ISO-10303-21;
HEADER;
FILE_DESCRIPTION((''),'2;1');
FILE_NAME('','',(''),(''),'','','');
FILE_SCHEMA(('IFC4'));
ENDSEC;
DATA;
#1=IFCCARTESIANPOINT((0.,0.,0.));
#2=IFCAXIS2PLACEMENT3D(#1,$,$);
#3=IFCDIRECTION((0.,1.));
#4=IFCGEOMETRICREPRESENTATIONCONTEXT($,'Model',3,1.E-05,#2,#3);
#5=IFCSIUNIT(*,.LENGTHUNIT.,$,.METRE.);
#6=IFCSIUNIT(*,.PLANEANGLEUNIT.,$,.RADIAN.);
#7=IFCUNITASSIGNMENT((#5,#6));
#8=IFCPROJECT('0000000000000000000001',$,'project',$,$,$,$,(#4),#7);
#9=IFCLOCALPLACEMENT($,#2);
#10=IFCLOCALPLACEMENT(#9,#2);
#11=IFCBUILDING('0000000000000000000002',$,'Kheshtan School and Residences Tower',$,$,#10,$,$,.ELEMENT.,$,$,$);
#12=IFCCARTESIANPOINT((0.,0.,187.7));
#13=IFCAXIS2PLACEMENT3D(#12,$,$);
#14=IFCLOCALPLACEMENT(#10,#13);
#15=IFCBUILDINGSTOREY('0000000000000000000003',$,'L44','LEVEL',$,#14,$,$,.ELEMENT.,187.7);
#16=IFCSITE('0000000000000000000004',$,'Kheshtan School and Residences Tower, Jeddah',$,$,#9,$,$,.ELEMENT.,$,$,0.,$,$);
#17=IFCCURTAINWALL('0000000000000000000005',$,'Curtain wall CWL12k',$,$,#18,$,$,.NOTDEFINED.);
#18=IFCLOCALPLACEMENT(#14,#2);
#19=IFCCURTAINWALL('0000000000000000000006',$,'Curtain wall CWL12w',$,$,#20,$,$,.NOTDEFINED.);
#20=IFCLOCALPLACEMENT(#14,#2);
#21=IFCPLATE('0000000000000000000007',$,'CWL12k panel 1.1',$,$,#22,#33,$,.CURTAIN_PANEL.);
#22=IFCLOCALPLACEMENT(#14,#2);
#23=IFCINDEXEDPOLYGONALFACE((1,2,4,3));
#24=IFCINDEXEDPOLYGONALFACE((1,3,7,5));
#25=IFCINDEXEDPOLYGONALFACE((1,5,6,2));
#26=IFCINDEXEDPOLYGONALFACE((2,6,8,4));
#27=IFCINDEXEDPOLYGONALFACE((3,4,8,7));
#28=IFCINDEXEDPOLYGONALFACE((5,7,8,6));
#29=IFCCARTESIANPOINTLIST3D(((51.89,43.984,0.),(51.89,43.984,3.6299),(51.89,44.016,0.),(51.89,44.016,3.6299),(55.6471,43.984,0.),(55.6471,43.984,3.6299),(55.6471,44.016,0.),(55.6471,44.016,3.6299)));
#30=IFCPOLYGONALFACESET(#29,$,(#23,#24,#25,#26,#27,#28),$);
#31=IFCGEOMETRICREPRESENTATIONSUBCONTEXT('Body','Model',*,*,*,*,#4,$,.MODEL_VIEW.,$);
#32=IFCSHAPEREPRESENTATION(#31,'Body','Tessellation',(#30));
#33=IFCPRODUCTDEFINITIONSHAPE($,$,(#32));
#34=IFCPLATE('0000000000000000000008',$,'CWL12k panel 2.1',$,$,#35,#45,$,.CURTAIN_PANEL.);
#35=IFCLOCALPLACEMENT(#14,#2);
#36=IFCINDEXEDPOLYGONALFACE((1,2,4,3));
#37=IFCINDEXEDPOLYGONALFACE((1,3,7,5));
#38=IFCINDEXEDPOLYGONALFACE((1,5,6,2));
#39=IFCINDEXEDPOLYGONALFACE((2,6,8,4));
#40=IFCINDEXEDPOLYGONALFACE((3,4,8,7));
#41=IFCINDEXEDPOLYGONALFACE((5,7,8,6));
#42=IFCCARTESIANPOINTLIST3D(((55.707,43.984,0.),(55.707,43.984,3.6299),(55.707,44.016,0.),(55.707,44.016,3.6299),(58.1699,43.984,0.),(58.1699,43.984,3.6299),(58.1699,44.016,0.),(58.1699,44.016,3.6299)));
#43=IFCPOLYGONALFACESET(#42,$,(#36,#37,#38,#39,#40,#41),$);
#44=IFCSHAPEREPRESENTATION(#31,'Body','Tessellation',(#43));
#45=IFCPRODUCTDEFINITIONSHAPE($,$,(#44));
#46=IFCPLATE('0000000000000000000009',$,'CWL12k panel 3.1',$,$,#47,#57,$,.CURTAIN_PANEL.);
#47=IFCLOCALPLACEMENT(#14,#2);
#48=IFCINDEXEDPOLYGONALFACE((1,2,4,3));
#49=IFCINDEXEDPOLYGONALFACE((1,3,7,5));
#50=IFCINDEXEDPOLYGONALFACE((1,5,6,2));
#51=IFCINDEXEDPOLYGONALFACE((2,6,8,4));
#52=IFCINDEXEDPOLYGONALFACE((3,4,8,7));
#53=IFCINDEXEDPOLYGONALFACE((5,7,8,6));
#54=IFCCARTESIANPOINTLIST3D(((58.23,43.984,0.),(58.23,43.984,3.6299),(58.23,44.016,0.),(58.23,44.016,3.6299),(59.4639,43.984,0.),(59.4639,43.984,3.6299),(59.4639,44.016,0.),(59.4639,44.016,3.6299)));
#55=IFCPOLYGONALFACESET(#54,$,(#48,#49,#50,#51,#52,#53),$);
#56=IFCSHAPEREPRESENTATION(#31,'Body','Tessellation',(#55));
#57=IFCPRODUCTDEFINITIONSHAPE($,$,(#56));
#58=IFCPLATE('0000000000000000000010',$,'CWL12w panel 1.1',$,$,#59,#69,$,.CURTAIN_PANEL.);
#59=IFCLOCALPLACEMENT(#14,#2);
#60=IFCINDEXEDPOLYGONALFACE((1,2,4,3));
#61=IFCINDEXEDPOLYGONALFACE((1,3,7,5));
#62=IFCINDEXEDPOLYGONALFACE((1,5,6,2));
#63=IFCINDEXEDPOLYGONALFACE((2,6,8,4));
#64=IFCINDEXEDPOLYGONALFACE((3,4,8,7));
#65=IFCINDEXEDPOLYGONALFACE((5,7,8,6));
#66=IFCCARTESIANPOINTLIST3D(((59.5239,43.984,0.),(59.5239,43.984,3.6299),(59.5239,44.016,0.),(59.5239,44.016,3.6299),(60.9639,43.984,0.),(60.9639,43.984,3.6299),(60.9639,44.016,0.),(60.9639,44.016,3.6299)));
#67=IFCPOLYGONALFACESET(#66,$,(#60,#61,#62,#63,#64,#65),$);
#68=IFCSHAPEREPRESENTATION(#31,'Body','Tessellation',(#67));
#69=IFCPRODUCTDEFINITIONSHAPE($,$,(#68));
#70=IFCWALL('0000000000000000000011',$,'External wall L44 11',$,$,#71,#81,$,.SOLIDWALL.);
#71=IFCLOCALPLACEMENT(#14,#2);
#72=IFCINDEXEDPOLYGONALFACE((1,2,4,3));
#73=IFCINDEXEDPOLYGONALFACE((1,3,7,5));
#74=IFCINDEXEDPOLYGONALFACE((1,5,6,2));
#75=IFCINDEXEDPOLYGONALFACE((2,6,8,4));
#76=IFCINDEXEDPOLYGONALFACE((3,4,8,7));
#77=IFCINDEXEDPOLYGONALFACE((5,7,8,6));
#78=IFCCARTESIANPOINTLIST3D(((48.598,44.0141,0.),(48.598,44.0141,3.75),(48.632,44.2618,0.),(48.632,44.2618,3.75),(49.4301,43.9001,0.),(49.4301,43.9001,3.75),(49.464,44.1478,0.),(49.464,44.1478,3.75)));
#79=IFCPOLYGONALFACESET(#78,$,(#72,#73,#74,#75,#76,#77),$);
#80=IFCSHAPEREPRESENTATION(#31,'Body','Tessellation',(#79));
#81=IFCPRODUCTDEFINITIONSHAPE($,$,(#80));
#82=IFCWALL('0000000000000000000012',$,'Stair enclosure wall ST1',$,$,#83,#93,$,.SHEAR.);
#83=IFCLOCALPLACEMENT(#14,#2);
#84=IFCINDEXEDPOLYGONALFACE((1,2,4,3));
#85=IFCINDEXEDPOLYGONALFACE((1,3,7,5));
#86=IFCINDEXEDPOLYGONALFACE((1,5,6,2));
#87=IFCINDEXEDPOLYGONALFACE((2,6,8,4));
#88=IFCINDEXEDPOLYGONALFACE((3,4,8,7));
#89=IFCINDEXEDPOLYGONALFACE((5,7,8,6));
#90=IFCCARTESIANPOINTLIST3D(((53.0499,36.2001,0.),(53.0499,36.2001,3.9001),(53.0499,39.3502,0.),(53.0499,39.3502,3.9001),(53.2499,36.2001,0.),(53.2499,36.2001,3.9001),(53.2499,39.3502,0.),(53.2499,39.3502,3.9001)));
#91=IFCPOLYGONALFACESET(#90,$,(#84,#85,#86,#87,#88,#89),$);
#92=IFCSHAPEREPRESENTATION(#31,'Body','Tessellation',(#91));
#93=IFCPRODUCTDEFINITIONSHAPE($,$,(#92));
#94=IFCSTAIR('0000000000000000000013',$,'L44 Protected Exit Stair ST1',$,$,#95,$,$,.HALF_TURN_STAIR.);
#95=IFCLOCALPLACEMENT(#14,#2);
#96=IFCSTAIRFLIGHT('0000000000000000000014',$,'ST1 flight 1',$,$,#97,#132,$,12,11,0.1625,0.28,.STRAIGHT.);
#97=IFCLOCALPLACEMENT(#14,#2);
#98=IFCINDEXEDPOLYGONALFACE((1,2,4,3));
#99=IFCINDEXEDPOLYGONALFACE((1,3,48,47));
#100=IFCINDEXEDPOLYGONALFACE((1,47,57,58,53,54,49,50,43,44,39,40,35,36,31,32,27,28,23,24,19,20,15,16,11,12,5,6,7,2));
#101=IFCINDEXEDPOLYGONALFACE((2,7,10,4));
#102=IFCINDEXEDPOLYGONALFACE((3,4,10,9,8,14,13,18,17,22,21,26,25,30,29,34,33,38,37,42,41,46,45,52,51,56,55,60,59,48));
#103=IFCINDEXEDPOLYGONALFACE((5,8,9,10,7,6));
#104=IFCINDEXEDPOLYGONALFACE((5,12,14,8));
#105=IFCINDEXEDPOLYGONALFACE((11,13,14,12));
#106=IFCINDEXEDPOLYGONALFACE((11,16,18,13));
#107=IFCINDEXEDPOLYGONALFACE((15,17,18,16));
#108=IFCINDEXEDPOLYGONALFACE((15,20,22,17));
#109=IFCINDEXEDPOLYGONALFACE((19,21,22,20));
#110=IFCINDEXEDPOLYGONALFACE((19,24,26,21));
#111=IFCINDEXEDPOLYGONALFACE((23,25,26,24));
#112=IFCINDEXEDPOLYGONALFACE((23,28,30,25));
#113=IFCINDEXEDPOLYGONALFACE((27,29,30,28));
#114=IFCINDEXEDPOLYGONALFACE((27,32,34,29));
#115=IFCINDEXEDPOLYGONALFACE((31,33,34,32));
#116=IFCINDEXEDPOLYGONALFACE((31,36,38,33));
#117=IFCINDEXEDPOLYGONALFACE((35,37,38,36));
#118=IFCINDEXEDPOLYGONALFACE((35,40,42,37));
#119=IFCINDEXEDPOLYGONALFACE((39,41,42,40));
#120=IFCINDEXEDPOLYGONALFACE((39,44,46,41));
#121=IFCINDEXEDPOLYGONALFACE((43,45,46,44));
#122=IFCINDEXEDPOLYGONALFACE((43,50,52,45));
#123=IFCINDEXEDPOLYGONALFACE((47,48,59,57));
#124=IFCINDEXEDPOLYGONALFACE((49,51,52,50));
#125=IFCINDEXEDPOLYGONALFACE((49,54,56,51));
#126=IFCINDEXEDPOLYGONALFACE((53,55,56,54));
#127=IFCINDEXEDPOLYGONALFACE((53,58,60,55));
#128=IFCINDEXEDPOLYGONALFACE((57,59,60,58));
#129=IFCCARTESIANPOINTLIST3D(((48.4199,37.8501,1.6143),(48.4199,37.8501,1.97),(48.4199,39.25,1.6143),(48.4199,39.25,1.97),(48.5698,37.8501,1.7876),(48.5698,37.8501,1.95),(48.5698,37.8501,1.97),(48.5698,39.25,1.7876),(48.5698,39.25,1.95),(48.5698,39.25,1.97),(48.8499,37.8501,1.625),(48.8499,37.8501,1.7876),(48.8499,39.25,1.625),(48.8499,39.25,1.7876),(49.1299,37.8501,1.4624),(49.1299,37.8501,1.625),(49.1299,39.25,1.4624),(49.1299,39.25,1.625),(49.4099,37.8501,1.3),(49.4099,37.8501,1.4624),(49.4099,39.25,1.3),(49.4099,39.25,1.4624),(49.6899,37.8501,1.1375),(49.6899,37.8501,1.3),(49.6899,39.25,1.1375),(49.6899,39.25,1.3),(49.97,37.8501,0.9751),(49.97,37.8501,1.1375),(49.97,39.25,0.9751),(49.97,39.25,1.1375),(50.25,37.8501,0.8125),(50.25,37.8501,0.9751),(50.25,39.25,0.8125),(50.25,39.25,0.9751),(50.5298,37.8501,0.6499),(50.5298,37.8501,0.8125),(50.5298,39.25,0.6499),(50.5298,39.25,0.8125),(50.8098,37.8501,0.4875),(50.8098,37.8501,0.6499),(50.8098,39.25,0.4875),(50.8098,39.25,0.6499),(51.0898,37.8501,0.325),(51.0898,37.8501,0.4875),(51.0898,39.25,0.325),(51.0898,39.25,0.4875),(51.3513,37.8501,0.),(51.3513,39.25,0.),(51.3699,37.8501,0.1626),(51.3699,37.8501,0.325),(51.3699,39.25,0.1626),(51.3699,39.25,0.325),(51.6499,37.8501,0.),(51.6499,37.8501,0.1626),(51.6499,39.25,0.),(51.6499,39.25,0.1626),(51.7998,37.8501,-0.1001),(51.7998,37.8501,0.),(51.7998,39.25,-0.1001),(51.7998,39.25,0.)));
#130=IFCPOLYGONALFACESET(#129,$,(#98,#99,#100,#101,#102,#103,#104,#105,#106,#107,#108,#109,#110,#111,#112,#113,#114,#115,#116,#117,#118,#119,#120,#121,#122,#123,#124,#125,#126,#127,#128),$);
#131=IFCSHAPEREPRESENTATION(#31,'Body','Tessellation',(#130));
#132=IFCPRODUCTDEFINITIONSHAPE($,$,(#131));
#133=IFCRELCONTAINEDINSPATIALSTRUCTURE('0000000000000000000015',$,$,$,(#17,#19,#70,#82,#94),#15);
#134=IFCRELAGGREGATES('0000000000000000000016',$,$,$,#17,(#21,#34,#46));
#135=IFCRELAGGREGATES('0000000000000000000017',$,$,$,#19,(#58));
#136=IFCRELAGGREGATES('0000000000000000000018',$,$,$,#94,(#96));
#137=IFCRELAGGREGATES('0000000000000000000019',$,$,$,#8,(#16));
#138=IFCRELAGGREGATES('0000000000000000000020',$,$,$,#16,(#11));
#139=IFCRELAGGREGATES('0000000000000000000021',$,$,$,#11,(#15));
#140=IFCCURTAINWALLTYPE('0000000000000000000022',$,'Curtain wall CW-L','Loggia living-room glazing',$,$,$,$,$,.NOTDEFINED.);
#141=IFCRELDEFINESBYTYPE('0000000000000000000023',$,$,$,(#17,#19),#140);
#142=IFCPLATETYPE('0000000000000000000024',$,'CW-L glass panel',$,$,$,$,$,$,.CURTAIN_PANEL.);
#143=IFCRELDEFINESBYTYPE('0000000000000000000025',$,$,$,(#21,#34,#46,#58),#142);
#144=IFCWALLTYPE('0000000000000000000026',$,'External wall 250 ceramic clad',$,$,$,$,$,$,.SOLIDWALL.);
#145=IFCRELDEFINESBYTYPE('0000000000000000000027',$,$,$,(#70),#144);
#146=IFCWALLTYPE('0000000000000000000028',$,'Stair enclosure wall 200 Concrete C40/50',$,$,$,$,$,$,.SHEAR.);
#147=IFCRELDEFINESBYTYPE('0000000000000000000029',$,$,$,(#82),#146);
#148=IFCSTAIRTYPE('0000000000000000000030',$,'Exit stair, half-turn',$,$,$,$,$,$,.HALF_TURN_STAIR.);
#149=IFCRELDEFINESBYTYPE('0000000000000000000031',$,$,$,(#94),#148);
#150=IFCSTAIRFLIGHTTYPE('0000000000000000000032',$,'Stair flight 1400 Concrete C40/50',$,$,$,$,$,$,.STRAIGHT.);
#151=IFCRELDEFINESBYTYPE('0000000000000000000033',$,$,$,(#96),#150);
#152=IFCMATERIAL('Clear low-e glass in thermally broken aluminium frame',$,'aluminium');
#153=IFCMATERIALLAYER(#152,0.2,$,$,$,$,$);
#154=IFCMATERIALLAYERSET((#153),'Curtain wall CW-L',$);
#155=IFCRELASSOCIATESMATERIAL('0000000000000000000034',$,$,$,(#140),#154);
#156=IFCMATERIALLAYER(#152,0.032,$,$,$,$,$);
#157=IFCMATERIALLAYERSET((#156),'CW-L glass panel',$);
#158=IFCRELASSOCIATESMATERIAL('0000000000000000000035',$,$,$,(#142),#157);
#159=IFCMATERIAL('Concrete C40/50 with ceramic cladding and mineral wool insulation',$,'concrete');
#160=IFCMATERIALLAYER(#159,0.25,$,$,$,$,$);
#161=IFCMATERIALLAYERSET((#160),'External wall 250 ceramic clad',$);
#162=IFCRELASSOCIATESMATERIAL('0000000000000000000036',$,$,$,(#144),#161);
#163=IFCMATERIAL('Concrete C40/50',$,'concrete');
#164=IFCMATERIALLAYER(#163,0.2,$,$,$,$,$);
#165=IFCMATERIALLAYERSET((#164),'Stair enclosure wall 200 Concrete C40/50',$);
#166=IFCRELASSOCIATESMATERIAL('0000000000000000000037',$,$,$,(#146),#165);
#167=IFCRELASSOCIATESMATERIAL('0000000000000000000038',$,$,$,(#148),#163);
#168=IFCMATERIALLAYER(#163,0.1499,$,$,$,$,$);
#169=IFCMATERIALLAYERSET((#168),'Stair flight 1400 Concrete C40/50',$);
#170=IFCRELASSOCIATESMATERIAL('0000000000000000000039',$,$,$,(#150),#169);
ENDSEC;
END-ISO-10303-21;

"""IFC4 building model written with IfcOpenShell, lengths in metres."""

from ifc_helpers import new_model, si_unit, direction, frame, frame_2d, origin, origin_2d, place, context, subcontext, project, spatial, polyline, rectangle, outline, extrude, material, layer, layer_set, type_object, element, aggregate, save


model = new_model("IFC4")

# Units and contexts
model_context = context("Model", 3, precision=1e-05, world=origin(), true_north=direction((0.0, 1.0)))
body_context = subcontext(model_context, "Body", "Model", "MODEL_VIEW")
ifc_project = project(units=[si_unit("LENGTHUNIT", "METRE"), si_unit("PLANEANGLEUNIT", "RADIAN")], contexts=[model_context])

# Site, building, storey
site_placement = place(None, origin())
site = spatial("IfcSite", under=ifc_project, at=site_placement, Name="Kheshtan School and Residences Tower, Jeddah", CompositionType="ELEMENT", RefElevation=0.0)
building_placement = place(site_placement, origin())
building = spatial("IfcBuilding", under=site, at=building_placement, Name="Kheshtan School and Residences Tower", CompositionType="ELEMENT")
storey_placement = place(building_placement, frame((0.0, 0.0, 187.7)))
storey = spatial("IfcBuildingStorey", under=building, at=storey_placement, Name="L44", Description="LEVEL", CompositionType="ELEMENT", Elevation=187.7)

# Curtain wall
ifc_material_1 = material(Name="Clear low-e glass in thermally broken aluminium frame", Category="aluminium")
ifc_layer_1 = layer(ifc_material_1, 0.2)
ifc_layer_set_1 = layer_set([ifc_layer_1], Name="Curtain wall CW-L")
curtain_wall_type = type_object("IfcCurtainWallType", Name="Curtain wall CW-L", Description="Loggia living-room glazing", PredefinedType="NOTDEFINED", material=ifc_layer_set_1)
curtain_wall_1_placement = place(storey_placement, origin())
curtain_wall_1 = element("IfcCurtainWall", 1, at=curtain_wall_1_placement, inside=storey, type_object=curtain_wall_type, Name="Curtain wall CWL12k", PredefinedType="NOTDEFINED")

# Curtain wall
curtain_wall_2_placement = place(storey_placement, origin())
curtain_wall_2 = element("IfcCurtainWall", 2, at=curtain_wall_2_placement, inside=storey, type_object=curtain_wall_type, Name="Curtain wall CWL12w", PredefinedType="NOTDEFINED")

# Plates
ifc_layer_2 = layer(ifc_material_1, 0.032)
ifc_layer_set_2 = layer_set([ifc_layer_2], Name="CW-L glass panel")
plate_type = type_object("IfcPlateType", Name="CW-L glass panel", PredefinedType="CURTAIN_PANEL", material=ifc_layer_set_2)
plate_1_placement = place(storey_placement, frame((53.7686, 44.0, 0.0), z_axis=(0.0, 0.0, 1.0), x_axis=(1.0, 0.0, 0.0)))
plate_1 = element("IfcPlate", 3, at=plate_1_placement, type_object=plate_type, Name="CWL12k panel 1.1", PredefinedType="CURTAIN_PANEL", context=body_context, shape_type="SweptSolid", body=[
    extrude(rectangle(XDim=3.7571, YDim=0.032, at=origin_2d()), origin(), (0.0, 0.0, 1.0), 3.6299),
])
plate_2_placement = place(storey_placement, frame((56.9385, 44.0, 0.0), z_axis=(0.0, 0.0, 1.0), x_axis=(1.0, 0.0, 0.0)))
plate_2 = element("IfcPlate", 4, at=plate_2_placement, type_object=plate_type, Name="CWL12k panel 2.1", PredefinedType="CURTAIN_PANEL", context=body_context, shape_type="SweptSolid", body=[
    extrude(rectangle(XDim=2.4629, YDim=0.032, at=origin_2d()), origin(), (0.0, 0.0, 1.0), 3.6299),
])
plate_3_placement = place(storey_placement, frame((58.8469, 44.0, 0.0), z_axis=(0.0, 0.0, 1.0), x_axis=(1.0, 0.0, 0.0)))
plate_3 = element("IfcPlate", 5, at=plate_3_placement, type_object=plate_type, Name="CWL12k panel 3.1", PredefinedType="CURTAIN_PANEL", context=body_context, shape_type="SweptSolid", body=[
    extrude(rectangle(XDim=1.2339, YDim=0.032, at=origin_2d()), origin(), (0.0, 0.0, 1.0), 3.6299),
])
aggregate(curtain_wall_1, [plate_1, plate_2, plate_3])
plate_4_placement = place(storey_placement, frame((60.2439, 44.0, 0.0), z_axis=(0.0, 0.0, 1.0), x_axis=(1.0, 0.0, 0.0)))
plate_4 = element("IfcPlate", 6, at=plate_4_placement, type_object=plate_type, Name="CWL12w panel 1.1", PredefinedType="CURTAIN_PANEL", context=body_context, shape_type="SweptSolid", body=[
    extrude(rectangle(XDim=1.4399, YDim=0.032, at=origin_2d()), origin(), (0.0, 0.0, 1.0), 3.6299),
])
aggregate(curtain_wall_2, [plate_4])

# Wall
ifc_material_2 = material(Name="Concrete C40/50 with ceramic cladding and mineral wool insulation", Category="concrete")
ifc_layer_3 = layer(ifc_material_2, 0.25)
ifc_layer_set_3 = layer_set([ifc_layer_3], Name="External wall 250 ceramic clad")
wall_type_1 = type_object("IfcWallType", Name="External wall 250 ceramic clad", PredefinedType="SOLIDWALL", material=ifc_layer_set_3)
wall_1_placement = place(storey_placement, frame((48.615, 44.1379, 0.0), z_axis=(0.0, 0.0, 1.0), x_axis=(0.990742, -0.135762, 0.0)))
element("IfcWall", 7, at=wall_1_placement, inside=storey, type_object=wall_type_1, Name="External wall L44 11", PredefinedType="SOLIDWALL", context=body_context, shape_type="SweptSolid", body=[
    extrude(rectangle(XDim=0.8398, YDim=0.25, at=frame_2d((0.4199, 0.0))), origin(), (0.0, 0.0, 1.0), 3.75),
])

# Wall
ifc_material_3 = material(Name="Concrete C40/50", Category="concrete")
ifc_layer_4 = layer(ifc_material_3, 0.2)
ifc_layer_set_4 = layer_set([ifc_layer_4], Name="Stair enclosure wall 200 Concrete C40/50")
wall_type_2 = type_object("IfcWallType", Name="Stair enclosure wall 200 Concrete C40/50", PredefinedType="SHEAR", material=ifc_layer_set_4)
wall_2_placement = place(storey_placement, frame((53.1499, 36.2, 0.0), z_axis=(0.0, 0.0, 1.0), x_axis=(0.0, 1.0, 0.0)))
element("IfcWall", 8, at=wall_2_placement, inside=storey, type_object=wall_type_2, Name="Stair enclosure wall ST1", PredefinedType="SHEAR", context=body_context, shape_type="SweptSolid", body=[
    extrude(rectangle(XDim=3.1501, YDim=0.2, at=frame_2d((1.5752, 0.0))), origin(), (0.0, 0.0, 1.0), 3.9001),
])

# Stair, stair flight
stair_type = type_object("IfcStairType", Name="Exit stair, half-turn", PredefinedType="HALF_TURN_STAIR", material=ifc_material_3)
stair_placement = place(storey_placement, origin())
stair = element("IfcStair", 9, at=stair_placement, inside=storey, type_object=stair_type, Name="L44 Protected Exit Stair ST1", PredefinedType="HALF_TURN_STAIR")
ifc_layer_5 = layer(ifc_material_3, 0.1499)
ifc_layer_set_5 = layer_set([ifc_layer_5], Name="Stair flight 1400 Concrete C40/50")
stair_flight_type = type_object("IfcStairFlightType", Name="Stair flight 1400 Concrete C40/50", PredefinedType="STRAIGHT", material=ifc_layer_set_5)
stair_flight_placement = place(storey_placement, frame((51.6499, 38.55, 0.0), z_axis=(0.0, 0.0, 1.0), x_axis=(-1.0, 0.0, 0.0)))
stair_flight = element("IfcStairFlight", 10, at=stair_flight_placement, type_object=stair_flight_type, Name="ST1 flight 1", NumberOfRisers=12, NumberOfTreads=11, PredefinedType="STRAIGHT", RiserHeight=0.1625, TreadLength=0.28, context=body_context, shape_type="SweptSolid", body=[
    extrude(outline(polyline([(-0.1499, -0.1001), (-0.1499, 0.0), (0.0, 0.0), (0.0, 0.1626), (0.28, 0.1626), (0.28, 0.325), (0.5601, 0.325), (0.5601, 0.4875), (0.8401, 0.4875), (0.8401, 0.6499), (1.1201, 0.6499), (1.1201, 0.8125), (1.3999, 0.8125), (1.3999, 0.9751), (1.6799, 0.9751), (1.6799, 1.1375), (1.96, 1.1375), (1.96, 1.3), (2.24, 1.3), (2.24, 1.4624), (2.52, 1.4624), (2.52, 1.625), (2.8, 1.625), (2.8, 1.7876), (3.0801, 1.7876), (3.0801, 1.95), (3.0801, 1.97), (3.23, 1.97), (3.23, 1.6143), (0.2986, 0.0), (-0.1499, -0.1001)])), frame((0.0, 0.7, 0.0), z_axis=(0.0, -1.0, 0.0), x_axis=(1.0, 0.0, 0.0)), (0.0, 0.0, 1.0), 1.3999),
])
aggregate(stair, [stair_flight])

save(model, "model.ifc")
